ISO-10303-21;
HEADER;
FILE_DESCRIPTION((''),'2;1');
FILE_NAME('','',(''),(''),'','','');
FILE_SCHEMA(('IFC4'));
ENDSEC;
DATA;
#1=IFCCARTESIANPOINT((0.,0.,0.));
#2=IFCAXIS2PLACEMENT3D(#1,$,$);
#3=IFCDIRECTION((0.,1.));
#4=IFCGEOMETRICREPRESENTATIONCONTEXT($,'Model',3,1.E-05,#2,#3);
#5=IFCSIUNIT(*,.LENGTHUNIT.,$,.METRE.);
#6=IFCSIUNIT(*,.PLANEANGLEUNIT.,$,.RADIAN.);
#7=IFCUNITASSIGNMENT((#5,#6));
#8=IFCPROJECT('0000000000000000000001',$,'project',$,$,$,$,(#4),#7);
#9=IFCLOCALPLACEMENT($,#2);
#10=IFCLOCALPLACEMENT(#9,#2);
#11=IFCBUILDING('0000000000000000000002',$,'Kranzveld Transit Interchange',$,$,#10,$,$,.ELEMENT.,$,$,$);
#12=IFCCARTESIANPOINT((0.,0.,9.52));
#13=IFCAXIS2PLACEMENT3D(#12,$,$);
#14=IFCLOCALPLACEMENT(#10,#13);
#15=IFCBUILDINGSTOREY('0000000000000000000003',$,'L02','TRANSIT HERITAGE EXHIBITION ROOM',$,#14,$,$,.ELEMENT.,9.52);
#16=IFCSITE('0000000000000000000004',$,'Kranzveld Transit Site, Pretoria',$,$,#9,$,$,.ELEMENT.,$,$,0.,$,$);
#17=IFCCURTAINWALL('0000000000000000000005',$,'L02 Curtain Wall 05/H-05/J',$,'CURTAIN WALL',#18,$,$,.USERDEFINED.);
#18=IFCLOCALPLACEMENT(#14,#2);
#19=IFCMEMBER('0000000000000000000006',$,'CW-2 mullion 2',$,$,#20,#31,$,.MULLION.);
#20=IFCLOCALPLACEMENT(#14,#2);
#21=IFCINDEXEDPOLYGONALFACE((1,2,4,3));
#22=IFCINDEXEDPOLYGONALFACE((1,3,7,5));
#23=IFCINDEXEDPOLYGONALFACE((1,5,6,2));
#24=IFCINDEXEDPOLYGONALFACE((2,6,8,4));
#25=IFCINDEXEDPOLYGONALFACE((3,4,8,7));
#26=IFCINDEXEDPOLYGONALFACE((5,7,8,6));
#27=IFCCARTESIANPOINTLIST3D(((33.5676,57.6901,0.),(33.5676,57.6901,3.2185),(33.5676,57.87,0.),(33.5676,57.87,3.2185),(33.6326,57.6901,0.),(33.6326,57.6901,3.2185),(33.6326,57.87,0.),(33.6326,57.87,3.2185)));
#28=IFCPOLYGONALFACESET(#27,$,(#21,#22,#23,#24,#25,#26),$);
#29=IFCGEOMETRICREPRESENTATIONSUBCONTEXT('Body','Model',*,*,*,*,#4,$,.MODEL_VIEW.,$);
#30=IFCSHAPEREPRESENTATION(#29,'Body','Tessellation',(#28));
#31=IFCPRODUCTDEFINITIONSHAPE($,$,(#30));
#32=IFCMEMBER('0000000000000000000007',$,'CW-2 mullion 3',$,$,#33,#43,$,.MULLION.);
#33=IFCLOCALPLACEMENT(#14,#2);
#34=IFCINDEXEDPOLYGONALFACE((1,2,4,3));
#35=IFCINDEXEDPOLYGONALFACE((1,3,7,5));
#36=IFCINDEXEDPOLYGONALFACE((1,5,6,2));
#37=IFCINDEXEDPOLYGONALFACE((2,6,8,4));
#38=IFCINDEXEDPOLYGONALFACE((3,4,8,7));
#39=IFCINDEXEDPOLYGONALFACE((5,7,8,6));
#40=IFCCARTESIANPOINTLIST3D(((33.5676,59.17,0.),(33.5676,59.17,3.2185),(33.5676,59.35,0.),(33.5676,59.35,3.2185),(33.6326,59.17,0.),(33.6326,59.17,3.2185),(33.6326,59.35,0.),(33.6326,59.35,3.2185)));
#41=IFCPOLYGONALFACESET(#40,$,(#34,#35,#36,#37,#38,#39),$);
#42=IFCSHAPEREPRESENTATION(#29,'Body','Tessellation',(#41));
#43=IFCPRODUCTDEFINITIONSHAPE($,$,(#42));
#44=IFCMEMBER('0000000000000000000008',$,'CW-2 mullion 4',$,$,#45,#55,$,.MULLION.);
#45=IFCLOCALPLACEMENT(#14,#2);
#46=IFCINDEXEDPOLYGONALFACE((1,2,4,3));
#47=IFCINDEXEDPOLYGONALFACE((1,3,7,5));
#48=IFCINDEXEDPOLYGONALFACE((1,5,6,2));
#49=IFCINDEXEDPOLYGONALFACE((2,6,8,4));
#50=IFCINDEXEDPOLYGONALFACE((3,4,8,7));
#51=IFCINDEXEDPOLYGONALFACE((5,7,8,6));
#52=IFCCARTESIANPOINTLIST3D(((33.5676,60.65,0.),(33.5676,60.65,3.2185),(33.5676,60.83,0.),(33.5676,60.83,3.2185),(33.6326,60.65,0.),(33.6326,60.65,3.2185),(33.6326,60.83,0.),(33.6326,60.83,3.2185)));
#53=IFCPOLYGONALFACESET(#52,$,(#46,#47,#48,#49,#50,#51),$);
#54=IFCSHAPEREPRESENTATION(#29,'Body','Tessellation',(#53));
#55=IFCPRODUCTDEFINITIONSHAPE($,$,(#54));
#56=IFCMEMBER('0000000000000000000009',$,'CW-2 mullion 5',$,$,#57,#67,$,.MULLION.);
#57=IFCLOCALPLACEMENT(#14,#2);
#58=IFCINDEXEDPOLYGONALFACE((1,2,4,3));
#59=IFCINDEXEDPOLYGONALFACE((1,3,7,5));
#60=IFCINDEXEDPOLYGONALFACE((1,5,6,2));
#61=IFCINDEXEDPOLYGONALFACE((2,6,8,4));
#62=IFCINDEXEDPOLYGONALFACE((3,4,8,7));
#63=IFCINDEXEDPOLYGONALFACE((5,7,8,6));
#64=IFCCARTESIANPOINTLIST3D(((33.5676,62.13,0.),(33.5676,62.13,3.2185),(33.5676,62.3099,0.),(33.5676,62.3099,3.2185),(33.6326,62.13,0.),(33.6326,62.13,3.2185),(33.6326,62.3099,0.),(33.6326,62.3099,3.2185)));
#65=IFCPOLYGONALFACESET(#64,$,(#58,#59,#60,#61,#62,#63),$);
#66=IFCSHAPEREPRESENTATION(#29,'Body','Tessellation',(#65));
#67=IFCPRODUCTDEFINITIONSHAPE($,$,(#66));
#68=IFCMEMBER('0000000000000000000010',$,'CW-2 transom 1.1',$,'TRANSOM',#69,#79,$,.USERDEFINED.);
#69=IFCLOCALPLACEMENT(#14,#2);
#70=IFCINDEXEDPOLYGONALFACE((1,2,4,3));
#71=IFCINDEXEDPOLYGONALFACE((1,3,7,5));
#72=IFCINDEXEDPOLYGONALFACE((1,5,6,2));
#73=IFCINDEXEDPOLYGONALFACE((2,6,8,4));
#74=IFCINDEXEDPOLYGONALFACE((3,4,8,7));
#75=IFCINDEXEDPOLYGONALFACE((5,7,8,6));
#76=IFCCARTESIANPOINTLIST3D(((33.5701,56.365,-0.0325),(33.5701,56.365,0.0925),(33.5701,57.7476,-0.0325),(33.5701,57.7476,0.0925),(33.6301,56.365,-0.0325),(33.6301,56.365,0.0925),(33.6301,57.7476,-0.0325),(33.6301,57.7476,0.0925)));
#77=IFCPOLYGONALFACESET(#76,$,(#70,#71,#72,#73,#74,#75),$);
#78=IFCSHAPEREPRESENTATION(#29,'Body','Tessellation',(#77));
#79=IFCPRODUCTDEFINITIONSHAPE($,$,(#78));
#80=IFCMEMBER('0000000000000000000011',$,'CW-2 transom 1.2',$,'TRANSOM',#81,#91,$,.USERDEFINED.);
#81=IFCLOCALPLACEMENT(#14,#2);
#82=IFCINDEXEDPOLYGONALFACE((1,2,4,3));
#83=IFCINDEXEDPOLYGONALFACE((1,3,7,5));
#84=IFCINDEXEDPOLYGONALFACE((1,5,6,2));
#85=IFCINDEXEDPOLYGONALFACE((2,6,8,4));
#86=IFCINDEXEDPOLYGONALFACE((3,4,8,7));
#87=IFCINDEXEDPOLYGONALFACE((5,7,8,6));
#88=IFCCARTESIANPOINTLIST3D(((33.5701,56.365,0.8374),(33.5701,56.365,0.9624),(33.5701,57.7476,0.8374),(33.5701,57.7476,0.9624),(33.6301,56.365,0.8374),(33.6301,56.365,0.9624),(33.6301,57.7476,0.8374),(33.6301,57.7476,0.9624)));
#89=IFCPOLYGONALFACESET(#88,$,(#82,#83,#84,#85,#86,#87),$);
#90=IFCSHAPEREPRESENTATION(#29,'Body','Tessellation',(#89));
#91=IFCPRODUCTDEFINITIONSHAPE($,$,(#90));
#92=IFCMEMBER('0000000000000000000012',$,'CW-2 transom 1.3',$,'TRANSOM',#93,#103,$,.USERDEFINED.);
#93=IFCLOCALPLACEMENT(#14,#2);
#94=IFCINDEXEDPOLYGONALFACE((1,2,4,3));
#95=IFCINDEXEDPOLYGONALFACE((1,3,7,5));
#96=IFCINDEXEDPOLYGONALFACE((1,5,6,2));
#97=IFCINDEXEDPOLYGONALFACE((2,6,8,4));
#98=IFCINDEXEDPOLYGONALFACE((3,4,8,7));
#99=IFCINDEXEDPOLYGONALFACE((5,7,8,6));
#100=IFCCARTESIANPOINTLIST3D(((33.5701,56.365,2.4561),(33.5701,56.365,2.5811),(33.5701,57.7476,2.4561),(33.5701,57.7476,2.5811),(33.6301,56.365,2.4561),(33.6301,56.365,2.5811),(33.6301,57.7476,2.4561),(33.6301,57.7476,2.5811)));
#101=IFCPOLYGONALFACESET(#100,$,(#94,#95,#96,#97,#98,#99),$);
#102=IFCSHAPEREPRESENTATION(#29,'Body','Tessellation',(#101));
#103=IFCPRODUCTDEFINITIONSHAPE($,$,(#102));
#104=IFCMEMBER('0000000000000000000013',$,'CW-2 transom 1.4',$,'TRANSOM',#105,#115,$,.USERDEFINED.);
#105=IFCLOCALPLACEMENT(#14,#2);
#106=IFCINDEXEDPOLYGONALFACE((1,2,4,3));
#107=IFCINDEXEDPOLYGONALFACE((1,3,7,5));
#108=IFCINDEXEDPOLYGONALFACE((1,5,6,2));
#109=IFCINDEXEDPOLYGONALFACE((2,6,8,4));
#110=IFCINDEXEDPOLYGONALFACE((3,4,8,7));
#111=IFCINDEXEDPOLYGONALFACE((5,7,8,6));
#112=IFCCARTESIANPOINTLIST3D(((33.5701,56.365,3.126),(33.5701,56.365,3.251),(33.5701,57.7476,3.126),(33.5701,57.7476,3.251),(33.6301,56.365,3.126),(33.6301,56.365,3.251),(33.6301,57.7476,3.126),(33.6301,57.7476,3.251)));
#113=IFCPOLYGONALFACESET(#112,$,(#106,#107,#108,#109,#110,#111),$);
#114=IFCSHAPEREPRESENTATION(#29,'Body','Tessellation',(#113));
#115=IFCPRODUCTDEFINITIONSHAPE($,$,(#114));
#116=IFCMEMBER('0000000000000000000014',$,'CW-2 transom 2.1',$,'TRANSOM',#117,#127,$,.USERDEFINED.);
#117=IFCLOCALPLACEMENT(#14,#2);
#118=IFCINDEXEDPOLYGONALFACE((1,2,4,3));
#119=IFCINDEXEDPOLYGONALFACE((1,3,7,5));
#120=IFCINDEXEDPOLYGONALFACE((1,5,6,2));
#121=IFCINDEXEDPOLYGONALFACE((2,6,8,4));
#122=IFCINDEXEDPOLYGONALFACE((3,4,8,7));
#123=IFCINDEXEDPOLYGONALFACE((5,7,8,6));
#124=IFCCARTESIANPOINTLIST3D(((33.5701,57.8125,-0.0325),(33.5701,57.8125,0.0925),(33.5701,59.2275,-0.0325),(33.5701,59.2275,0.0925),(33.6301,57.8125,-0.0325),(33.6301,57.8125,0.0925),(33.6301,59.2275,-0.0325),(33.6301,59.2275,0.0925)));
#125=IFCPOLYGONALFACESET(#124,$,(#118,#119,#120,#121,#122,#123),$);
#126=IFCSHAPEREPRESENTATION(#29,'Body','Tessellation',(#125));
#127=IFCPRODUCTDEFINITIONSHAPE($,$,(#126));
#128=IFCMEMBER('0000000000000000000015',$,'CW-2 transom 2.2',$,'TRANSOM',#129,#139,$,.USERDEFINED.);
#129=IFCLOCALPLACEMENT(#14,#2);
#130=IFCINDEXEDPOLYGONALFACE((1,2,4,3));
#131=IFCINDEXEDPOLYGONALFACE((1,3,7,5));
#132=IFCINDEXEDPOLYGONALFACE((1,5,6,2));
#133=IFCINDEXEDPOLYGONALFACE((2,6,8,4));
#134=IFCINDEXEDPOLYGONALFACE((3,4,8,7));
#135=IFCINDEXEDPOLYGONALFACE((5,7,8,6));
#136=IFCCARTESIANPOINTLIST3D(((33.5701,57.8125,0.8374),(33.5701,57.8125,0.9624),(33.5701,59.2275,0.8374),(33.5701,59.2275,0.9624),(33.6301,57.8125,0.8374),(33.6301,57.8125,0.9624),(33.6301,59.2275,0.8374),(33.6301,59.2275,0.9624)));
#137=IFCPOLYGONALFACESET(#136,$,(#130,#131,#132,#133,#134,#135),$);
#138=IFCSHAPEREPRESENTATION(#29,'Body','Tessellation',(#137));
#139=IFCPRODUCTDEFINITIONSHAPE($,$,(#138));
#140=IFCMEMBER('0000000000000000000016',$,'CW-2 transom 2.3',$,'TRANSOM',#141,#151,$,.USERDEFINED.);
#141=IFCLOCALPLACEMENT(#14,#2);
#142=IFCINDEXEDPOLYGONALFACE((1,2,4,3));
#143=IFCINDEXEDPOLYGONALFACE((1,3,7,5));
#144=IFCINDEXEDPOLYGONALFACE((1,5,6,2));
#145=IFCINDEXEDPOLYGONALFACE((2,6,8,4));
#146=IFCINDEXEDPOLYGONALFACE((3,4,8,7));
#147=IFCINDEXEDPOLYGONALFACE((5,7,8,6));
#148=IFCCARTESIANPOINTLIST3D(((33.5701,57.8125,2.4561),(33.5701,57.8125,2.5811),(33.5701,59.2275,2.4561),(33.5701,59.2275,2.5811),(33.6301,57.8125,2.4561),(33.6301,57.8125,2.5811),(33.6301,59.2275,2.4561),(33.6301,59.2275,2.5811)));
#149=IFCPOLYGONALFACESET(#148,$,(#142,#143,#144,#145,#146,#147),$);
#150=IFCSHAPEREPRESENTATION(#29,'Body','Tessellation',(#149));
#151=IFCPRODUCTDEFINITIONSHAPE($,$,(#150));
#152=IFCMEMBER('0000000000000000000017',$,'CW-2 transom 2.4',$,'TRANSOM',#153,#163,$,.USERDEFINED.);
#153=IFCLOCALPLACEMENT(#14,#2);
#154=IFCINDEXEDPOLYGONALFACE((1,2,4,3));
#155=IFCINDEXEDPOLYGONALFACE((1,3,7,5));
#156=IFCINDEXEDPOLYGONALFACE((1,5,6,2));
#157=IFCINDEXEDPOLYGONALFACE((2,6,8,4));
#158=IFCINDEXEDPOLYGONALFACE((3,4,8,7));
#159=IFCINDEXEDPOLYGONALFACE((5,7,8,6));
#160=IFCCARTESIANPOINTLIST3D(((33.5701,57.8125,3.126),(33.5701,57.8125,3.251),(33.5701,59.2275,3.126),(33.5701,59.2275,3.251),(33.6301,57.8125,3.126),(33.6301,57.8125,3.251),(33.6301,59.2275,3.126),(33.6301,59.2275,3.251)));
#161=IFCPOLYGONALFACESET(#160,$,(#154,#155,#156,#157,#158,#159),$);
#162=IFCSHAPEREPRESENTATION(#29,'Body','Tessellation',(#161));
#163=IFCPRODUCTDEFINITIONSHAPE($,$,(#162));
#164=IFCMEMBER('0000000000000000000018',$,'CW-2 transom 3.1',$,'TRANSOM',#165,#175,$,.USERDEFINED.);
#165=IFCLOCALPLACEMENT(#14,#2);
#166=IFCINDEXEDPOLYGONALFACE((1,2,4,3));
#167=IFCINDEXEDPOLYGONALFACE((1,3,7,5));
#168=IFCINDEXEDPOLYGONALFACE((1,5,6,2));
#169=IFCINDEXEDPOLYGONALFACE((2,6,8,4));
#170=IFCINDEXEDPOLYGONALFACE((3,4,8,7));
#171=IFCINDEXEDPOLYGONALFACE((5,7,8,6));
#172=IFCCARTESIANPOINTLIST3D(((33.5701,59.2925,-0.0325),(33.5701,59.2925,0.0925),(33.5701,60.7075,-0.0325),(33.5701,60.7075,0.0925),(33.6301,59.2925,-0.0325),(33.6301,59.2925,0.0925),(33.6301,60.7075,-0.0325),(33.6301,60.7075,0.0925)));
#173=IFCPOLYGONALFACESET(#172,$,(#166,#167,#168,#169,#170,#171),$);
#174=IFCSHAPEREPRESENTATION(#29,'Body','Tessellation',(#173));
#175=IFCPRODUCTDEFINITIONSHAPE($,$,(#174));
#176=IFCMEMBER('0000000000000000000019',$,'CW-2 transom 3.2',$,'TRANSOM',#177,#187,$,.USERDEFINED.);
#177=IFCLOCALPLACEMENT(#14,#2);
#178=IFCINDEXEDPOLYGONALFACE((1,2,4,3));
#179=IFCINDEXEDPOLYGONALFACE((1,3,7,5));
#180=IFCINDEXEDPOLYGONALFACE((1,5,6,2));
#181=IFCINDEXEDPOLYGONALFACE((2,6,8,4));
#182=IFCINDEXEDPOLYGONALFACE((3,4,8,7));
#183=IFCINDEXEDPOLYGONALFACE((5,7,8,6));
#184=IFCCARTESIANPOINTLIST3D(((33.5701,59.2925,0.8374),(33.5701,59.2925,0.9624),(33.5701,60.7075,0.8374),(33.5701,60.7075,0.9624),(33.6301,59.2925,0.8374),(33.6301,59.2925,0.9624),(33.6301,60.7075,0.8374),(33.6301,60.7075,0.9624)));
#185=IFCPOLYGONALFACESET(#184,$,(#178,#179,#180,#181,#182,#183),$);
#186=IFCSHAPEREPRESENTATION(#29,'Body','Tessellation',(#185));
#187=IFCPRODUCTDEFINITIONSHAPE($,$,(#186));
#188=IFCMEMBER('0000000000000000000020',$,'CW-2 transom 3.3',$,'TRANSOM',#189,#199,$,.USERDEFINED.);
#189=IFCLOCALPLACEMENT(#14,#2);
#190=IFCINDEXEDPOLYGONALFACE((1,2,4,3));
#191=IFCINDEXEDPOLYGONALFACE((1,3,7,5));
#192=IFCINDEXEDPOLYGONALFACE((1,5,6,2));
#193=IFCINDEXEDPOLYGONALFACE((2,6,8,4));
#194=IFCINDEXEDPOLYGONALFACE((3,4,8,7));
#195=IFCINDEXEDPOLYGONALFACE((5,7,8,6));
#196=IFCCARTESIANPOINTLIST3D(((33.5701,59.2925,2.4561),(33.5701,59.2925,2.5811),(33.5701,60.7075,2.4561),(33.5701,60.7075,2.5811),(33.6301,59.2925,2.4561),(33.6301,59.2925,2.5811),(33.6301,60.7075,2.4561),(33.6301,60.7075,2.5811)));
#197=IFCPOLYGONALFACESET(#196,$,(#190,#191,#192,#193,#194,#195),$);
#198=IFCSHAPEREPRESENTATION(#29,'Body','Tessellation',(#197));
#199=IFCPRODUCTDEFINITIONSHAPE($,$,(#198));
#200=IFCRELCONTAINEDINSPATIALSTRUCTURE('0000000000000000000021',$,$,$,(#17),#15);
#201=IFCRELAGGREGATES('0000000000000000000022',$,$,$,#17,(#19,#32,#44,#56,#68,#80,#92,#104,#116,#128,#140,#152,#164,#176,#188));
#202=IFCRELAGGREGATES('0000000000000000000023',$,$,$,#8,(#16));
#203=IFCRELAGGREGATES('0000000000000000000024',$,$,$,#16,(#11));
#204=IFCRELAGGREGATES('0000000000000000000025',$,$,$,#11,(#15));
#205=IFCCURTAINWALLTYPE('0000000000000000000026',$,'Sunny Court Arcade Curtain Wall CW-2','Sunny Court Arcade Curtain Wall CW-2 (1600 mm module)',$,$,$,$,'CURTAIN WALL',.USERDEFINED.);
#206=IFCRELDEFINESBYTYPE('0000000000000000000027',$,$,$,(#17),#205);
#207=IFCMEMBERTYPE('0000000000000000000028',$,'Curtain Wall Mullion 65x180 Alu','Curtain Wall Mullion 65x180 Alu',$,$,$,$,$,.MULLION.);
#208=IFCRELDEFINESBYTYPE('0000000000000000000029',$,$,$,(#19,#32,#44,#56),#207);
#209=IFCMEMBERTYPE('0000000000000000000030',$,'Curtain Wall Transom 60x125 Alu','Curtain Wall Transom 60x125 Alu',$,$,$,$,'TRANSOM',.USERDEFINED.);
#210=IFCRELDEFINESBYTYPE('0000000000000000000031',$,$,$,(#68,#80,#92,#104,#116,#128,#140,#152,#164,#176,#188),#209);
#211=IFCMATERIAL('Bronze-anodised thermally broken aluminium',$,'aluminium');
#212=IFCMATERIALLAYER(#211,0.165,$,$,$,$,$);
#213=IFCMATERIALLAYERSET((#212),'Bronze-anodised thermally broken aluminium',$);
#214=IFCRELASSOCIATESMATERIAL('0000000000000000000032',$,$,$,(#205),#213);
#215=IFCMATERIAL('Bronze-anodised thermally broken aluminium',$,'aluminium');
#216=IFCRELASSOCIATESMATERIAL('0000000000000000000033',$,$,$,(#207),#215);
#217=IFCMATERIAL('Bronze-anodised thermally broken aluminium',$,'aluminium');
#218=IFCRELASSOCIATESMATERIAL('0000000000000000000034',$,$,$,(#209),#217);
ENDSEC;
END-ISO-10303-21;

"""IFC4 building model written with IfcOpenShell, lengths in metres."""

from ifc_helpers import new_model, si_unit, direction, frame, origin, origin_2d, place, context, subcontext, project, spatial, rectangle, extrude, material, layer, layer_set, material_profile, profile_set, type_object, element, aggregate, save


model = new_model("IFC4")

# Units and contexts
model_context = context("Model", 3, precision=1e-05, world=origin(), true_north=direction((0.0, 1.0)))
body_context = subcontext(model_context, "Body", "Model", "MODEL_VIEW")
ifc_project = project(units=[si_unit("LENGTHUNIT", "METRE"), si_unit("PLANEANGLEUNIT", "RADIAN")], contexts=[model_context])

# Site, building, storey
site_placement = place(None, origin())
site = spatial("IfcSite", under=ifc_project, at=site_placement, Name="Kranzveld Transit Site, Pretoria", CompositionType="ELEMENT", RefElevation=0.0)
building_placement = place(site_placement, origin())
building = spatial("IfcBuilding", under=site, at=building_placement, Name="Kranzveld Transit Interchange", CompositionType="ELEMENT")
storey_placement = place(building_placement, frame((0.0, 0.0, 9.52)))
storey = spatial("IfcBuildingStorey", under=building, at=storey_placement, Name="L02", Description="TRANSIT HERITAGE EXHIBITION ROOM", CompositionType="ELEMENT", Elevation=9.52)

# Curtain wall, members
ifc_material_1 = material(Name="Bronze-anodised thermally broken aluminium", Category="aluminium")
ifc_layer_1 = layer(ifc_material_1, 0.165)
ifc_layer_set_1 = layer_set([ifc_layer_1], Name="Bronze-anodised thermally broken aluminium")
curtain_wall_type = type_object("IfcCurtainWallType", Name="Sunny Court Arcade Curtain Wall CW-2", Description="Sunny Court Arcade Curtain Wall CW-2 (1600 mm module)", ElementType="CURTAIN WALL", PredefinedType="USERDEFINED", material=ifc_layer_set_1)
curtain_wall_placement = place(storey_placement, origin())
curtain_wall = element("IfcCurtainWall", 1, at=curtain_wall_placement, inside=storey, type_object=curtain_wall_type, Name="L02 Curtain Wall 05/H-05/J", ObjectType="CURTAIN WALL", PredefinedType="USERDEFINED")
ifc_material_2 = material(Name="Bronze-anodised thermally broken aluminium", Category="aluminium")
ifc_material_profile_1 = material_profile(ifc_material_2, rectangle(XDim=0.0649, YDim=0.1799, at=origin_2d()), Name="ALU MULLION 65x180")
ifc_profile_set_1 = profile_set([ifc_material_profile_1], Name="Bronze-anodised thermally broken aluminium")
member_type_1 = type_object("IfcMemberType", Name="Curtain Wall Mullion 65x180 Alu", Description="Curtain Wall Mullion 65x180 Alu", PredefinedType="MULLION", material=ifc_profile_set_1)
member_1_placement = place(storey_placement, frame((33.6001, 57.78, 0.0), z_axis=(0.0, 0.0, 1.0), x_axis=(-1.0, 0.0, 0.0)))
member_1 = element("IfcMember", 2, at=member_1_placement, type_object=member_type_1, Name="CW-2 mullion 2", PredefinedType="MULLION", context=body_context, shape_type="SweptSolid", body=[
    extrude(rectangle(XDim=0.0649, YDim=0.1799, at=origin_2d()), origin(), (0.0, 0.0, 1.0), 3.2185),
])
member_2_placement = place(storey_placement, frame((33.6001, 59.26, 0.0), z_axis=(0.0, 0.0, 1.0), x_axis=(-1.0, 0.0, 0.0)))
member_2 = element("IfcMember", 3, at=member_2_placement, type_object=member_type_1, Name="CW-2 mullion 3", PredefinedType="MULLION", context=body_context, shape_type="SweptSolid", body=[
    extrude(rectangle(XDim=0.0649, YDim=0.1799, at=origin_2d()), origin(), (0.0, 0.0, 1.0), 3.2185),
])
member_3_placement = place(storey_placement, frame((33.6001, 60.74, 0.0), z_axis=(0.0, 0.0, 1.0), x_axis=(-1.0, 0.0, 0.0)))
member_3 = element("IfcMember", 4, at=member_3_placement, type_object=member_type_1, Name="CW-2 mullion 4", PredefinedType="MULLION", context=body_context, shape_type="SweptSolid", body=[
    extrude(rectangle(XDim=0.0649, YDim=0.1799, at=origin_2d()), origin(), (0.0, 0.0, 1.0), 3.2185),
])
member_4_placement = place(storey_placement, frame((33.6001, 62.22, 0.0), z_axis=(0.0, 0.0, 1.0), x_axis=(-1.0, 0.0, 0.0)))
member_4 = element("IfcMember", 5, at=member_4_placement, type_object=member_type_1, Name="CW-2 mullion 5", PredefinedType="MULLION", context=body_context, shape_type="SweptSolid", body=[
    extrude(rectangle(XDim=0.0649, YDim=0.1799, at=origin_2d()), origin(), (0.0, 0.0, 1.0), 3.2185),
])
ifc_material_3 = material(Name="Bronze-anodised thermally broken aluminium", Category="aluminium")
ifc_material_profile_2 = material_profile(ifc_material_3, rectangle(XDim=0.0601, YDim=0.125, at=origin_2d()), Name="ALU TRANSOM 60x125")
ifc_profile_set_2 = profile_set([ifc_material_profile_2], Name="Bronze-anodised thermally broken aluminium")
member_type_2 = type_object("IfcMemberType", Name="Curtain Wall Transom 60x125 Alu", Description="Curtain Wall Transom 60x125 Alu", ElementType="TRANSOM", PredefinedType="USERDEFINED", material=ifc_profile_set_2)
member_5_placement = place(storey_placement, frame((33.6001, 56.365, 0.03), z_axis=(0.0, 1.0, 0.0), x_axis=(-1.0, 0.0, 0.0)))
member_5 = element("IfcMember", 6, at=member_5_placement, type_object=member_type_2, Name="CW-2 transom 1.1", ObjectType="TRANSOM", PredefinedType="USERDEFINED", context=body_context, shape_type="SweptSolid", body=[
    extrude(rectangle(XDim=0.0601, YDim=0.125, at=origin_2d()), origin(), (0.0, 0.0, 1.0), 1.3826),
])
member_6_placement = place(storey_placement, frame((33.6001, 56.365, 0.8999), z_axis=(0.0, 1.0, 0.0), x_axis=(-1.0, 0.0, 0.0)))
member_6 = element("IfcMember", 7, at=member_6_placement, type_object=member_type_2, Name="CW-2 transom 1.2", ObjectType="TRANSOM", PredefinedType="USERDEFINED", context=body_context, shape_type="SweptSolid", body=[
    extrude(rectangle(XDim=0.0601, YDim=0.125, at=origin_2d()), origin(), (0.0, 0.0, 1.0), 1.3826),
])
member_7_placement = place(storey_placement, frame((33.6001, 56.365, 2.5186), z_axis=(0.0, 1.0, 0.0), x_axis=(-1.0, 0.0, 0.0)))
member_7 = element("IfcMember", 8, at=member_7_placement, type_object=member_type_2, Name="CW-2 transom 1.3", ObjectType="TRANSOM", PredefinedType="USERDEFINED", context=body_context, shape_type="SweptSolid", body=[
    extrude(rectangle(XDim=0.0601, YDim=0.125, at=origin_2d()), origin(), (0.0, 0.0, 1.0), 1.3826),
])
member_8_placement = place(storey_placement, frame((33.6001, 56.365, 3.1885), z_axis=(0.0, 1.0, 0.0), x_axis=(-1.0, 0.0, 0.0)))
member_8 = element("IfcMember", 9, at=member_8_placement, type_object=member_type_2, Name="CW-2 transom 1.4", ObjectType="TRANSOM", PredefinedType="USERDEFINED", context=body_context, shape_type="SweptSolid", body=[
    extrude(rectangle(XDim=0.0601, YDim=0.125, at=origin_2d()), origin(), (0.0, 0.0, 1.0), 1.3826),
])
member_9_placement = place(storey_placement, frame((33.6001, 57.8125, 0.03), z_axis=(0.0, 1.0, 0.0), x_axis=(-1.0, 0.0, 0.0)))
member_9 = element("IfcMember", 10, at=member_9_placement, type_object=member_type_2, Name="CW-2 transom 2.1", ObjectType="TRANSOM", PredefinedType="USERDEFINED", context=body_context, shape_type="SweptSolid", body=[
    extrude(rectangle(XDim=0.0601, YDim=0.125, at=origin_2d()), origin(), (0.0, 0.0, 1.0), 1.415),
])
member_10_placement = place(storey_placement, frame((33.6001, 57.8125, 0.8999), z_axis=(0.0, 1.0, 0.0), x_axis=(-1.0, 0.0, 0.0)))
member_10 = element("IfcMember", 11, at=member_10_placement, type_object=member_type_2, Name="CW-2 transom 2.2", ObjectType="TRANSOM", PredefinedType="USERDEFINED", context=body_context, shape_type="SweptSolid", body=[
    extrude(rectangle(XDim=0.0601, YDim=0.125, at=origin_2d()), origin(), (0.0, 0.0, 1.0), 1.415),
])
member_11_placement = place(storey_placement, frame((33.6001, 57.8125, 2.5186), z_axis=(0.0, 1.0, 0.0), x_axis=(-1.0, 0.0, 0.0)))
member_11 = element("IfcMember", 12, at=member_11_placement, type_object=member_type_2, Name="CW-2 transom 2.3", ObjectType="TRANSOM", PredefinedType="USERDEFINED", context=body_context, shape_type="SweptSolid", body=[
    extrude(rectangle(XDim=0.0601, YDim=0.125, at=origin_2d()), origin(), (0.0, 0.0, 1.0), 1.415),
])
member_12_placement = place(storey_placement, frame((33.6001, 57.8125, 3.1885), z_axis=(0.0, 1.0, 0.0), x_axis=(-1.0, 0.0, 0.0)))
member_12 = element("IfcMember", 13, at=member_12_placement, type_object=member_type_2, Name="CW-2 transom 2.4", ObjectType="TRANSOM", PredefinedType="USERDEFINED", context=body_context, shape_type="SweptSolid", body=[
    extrude(rectangle(XDim=0.0601, YDim=0.125, at=origin_2d()), origin(), (0.0, 0.0, 1.0), 1.415),
])
member_13_placement = place(storey_placement, frame((33.6001, 59.2925, 0.03), z_axis=(0.0, 1.0, 0.0), x_axis=(-1.0, 0.0, 0.0)))
member_13 = element("IfcMember", 14, at=member_13_placement, type_object=member_type_2, Name="CW-2 transom 3.1", ObjectType="TRANSOM", PredefinedType="USERDEFINED", context=body_context, shape_type="SweptSolid", body=[
    extrude(rectangle(XDim=0.0601, YDim=0.125, at=origin_2d()), origin(), (0.0, 0.0, 1.0), 1.415),
])
member_14_placement = place(storey_placement, frame((33.6001, 59.2925, 0.8999), z_axis=(0.0, 1.0, 0.0), x_axis=(-1.0, 0.0, 0.0)))
member_14 = element("IfcMember", 15, at=member_14_placement, type_object=member_type_2, Name="CW-2 transom 3.2", ObjectType="TRANSOM", PredefinedType="USERDEFINED", context=body_context, shape_type="SweptSolid", body=[
    extrude(rectangle(XDim=0.0601, YDim=0.125, at=origin_2d()), origin(), (0.0, 0.0, 1.0), 1.415),
])
member_15_placement = place(storey_placement, frame((33.6001, 59.2925, 2.5186), z_axis=(0.0, 1.0, 0.0), x_axis=(-1.0, 0.0, 0.0)))
member_15 = element("IfcMember", 16, at=member_15_placement, type_object=member_type_2, Name="CW-2 transom 3.3", ObjectType="TRANSOM", PredefinedType="USERDEFINED", context=body_context, shape_type="SweptSolid", body=[
    extrude(rectangle(XDim=0.0601, YDim=0.125, at=origin_2d()), origin(), (0.0, 0.0, 1.0), 1.415),
])
aggregate(curtain_wall, [member_1, member_2, member_3, member_4, member_5, member_6, member_7, member_8, member_9, member_10, member_11, member_12, member_13, member_14, member_15])

save(model, "model.ifc")
